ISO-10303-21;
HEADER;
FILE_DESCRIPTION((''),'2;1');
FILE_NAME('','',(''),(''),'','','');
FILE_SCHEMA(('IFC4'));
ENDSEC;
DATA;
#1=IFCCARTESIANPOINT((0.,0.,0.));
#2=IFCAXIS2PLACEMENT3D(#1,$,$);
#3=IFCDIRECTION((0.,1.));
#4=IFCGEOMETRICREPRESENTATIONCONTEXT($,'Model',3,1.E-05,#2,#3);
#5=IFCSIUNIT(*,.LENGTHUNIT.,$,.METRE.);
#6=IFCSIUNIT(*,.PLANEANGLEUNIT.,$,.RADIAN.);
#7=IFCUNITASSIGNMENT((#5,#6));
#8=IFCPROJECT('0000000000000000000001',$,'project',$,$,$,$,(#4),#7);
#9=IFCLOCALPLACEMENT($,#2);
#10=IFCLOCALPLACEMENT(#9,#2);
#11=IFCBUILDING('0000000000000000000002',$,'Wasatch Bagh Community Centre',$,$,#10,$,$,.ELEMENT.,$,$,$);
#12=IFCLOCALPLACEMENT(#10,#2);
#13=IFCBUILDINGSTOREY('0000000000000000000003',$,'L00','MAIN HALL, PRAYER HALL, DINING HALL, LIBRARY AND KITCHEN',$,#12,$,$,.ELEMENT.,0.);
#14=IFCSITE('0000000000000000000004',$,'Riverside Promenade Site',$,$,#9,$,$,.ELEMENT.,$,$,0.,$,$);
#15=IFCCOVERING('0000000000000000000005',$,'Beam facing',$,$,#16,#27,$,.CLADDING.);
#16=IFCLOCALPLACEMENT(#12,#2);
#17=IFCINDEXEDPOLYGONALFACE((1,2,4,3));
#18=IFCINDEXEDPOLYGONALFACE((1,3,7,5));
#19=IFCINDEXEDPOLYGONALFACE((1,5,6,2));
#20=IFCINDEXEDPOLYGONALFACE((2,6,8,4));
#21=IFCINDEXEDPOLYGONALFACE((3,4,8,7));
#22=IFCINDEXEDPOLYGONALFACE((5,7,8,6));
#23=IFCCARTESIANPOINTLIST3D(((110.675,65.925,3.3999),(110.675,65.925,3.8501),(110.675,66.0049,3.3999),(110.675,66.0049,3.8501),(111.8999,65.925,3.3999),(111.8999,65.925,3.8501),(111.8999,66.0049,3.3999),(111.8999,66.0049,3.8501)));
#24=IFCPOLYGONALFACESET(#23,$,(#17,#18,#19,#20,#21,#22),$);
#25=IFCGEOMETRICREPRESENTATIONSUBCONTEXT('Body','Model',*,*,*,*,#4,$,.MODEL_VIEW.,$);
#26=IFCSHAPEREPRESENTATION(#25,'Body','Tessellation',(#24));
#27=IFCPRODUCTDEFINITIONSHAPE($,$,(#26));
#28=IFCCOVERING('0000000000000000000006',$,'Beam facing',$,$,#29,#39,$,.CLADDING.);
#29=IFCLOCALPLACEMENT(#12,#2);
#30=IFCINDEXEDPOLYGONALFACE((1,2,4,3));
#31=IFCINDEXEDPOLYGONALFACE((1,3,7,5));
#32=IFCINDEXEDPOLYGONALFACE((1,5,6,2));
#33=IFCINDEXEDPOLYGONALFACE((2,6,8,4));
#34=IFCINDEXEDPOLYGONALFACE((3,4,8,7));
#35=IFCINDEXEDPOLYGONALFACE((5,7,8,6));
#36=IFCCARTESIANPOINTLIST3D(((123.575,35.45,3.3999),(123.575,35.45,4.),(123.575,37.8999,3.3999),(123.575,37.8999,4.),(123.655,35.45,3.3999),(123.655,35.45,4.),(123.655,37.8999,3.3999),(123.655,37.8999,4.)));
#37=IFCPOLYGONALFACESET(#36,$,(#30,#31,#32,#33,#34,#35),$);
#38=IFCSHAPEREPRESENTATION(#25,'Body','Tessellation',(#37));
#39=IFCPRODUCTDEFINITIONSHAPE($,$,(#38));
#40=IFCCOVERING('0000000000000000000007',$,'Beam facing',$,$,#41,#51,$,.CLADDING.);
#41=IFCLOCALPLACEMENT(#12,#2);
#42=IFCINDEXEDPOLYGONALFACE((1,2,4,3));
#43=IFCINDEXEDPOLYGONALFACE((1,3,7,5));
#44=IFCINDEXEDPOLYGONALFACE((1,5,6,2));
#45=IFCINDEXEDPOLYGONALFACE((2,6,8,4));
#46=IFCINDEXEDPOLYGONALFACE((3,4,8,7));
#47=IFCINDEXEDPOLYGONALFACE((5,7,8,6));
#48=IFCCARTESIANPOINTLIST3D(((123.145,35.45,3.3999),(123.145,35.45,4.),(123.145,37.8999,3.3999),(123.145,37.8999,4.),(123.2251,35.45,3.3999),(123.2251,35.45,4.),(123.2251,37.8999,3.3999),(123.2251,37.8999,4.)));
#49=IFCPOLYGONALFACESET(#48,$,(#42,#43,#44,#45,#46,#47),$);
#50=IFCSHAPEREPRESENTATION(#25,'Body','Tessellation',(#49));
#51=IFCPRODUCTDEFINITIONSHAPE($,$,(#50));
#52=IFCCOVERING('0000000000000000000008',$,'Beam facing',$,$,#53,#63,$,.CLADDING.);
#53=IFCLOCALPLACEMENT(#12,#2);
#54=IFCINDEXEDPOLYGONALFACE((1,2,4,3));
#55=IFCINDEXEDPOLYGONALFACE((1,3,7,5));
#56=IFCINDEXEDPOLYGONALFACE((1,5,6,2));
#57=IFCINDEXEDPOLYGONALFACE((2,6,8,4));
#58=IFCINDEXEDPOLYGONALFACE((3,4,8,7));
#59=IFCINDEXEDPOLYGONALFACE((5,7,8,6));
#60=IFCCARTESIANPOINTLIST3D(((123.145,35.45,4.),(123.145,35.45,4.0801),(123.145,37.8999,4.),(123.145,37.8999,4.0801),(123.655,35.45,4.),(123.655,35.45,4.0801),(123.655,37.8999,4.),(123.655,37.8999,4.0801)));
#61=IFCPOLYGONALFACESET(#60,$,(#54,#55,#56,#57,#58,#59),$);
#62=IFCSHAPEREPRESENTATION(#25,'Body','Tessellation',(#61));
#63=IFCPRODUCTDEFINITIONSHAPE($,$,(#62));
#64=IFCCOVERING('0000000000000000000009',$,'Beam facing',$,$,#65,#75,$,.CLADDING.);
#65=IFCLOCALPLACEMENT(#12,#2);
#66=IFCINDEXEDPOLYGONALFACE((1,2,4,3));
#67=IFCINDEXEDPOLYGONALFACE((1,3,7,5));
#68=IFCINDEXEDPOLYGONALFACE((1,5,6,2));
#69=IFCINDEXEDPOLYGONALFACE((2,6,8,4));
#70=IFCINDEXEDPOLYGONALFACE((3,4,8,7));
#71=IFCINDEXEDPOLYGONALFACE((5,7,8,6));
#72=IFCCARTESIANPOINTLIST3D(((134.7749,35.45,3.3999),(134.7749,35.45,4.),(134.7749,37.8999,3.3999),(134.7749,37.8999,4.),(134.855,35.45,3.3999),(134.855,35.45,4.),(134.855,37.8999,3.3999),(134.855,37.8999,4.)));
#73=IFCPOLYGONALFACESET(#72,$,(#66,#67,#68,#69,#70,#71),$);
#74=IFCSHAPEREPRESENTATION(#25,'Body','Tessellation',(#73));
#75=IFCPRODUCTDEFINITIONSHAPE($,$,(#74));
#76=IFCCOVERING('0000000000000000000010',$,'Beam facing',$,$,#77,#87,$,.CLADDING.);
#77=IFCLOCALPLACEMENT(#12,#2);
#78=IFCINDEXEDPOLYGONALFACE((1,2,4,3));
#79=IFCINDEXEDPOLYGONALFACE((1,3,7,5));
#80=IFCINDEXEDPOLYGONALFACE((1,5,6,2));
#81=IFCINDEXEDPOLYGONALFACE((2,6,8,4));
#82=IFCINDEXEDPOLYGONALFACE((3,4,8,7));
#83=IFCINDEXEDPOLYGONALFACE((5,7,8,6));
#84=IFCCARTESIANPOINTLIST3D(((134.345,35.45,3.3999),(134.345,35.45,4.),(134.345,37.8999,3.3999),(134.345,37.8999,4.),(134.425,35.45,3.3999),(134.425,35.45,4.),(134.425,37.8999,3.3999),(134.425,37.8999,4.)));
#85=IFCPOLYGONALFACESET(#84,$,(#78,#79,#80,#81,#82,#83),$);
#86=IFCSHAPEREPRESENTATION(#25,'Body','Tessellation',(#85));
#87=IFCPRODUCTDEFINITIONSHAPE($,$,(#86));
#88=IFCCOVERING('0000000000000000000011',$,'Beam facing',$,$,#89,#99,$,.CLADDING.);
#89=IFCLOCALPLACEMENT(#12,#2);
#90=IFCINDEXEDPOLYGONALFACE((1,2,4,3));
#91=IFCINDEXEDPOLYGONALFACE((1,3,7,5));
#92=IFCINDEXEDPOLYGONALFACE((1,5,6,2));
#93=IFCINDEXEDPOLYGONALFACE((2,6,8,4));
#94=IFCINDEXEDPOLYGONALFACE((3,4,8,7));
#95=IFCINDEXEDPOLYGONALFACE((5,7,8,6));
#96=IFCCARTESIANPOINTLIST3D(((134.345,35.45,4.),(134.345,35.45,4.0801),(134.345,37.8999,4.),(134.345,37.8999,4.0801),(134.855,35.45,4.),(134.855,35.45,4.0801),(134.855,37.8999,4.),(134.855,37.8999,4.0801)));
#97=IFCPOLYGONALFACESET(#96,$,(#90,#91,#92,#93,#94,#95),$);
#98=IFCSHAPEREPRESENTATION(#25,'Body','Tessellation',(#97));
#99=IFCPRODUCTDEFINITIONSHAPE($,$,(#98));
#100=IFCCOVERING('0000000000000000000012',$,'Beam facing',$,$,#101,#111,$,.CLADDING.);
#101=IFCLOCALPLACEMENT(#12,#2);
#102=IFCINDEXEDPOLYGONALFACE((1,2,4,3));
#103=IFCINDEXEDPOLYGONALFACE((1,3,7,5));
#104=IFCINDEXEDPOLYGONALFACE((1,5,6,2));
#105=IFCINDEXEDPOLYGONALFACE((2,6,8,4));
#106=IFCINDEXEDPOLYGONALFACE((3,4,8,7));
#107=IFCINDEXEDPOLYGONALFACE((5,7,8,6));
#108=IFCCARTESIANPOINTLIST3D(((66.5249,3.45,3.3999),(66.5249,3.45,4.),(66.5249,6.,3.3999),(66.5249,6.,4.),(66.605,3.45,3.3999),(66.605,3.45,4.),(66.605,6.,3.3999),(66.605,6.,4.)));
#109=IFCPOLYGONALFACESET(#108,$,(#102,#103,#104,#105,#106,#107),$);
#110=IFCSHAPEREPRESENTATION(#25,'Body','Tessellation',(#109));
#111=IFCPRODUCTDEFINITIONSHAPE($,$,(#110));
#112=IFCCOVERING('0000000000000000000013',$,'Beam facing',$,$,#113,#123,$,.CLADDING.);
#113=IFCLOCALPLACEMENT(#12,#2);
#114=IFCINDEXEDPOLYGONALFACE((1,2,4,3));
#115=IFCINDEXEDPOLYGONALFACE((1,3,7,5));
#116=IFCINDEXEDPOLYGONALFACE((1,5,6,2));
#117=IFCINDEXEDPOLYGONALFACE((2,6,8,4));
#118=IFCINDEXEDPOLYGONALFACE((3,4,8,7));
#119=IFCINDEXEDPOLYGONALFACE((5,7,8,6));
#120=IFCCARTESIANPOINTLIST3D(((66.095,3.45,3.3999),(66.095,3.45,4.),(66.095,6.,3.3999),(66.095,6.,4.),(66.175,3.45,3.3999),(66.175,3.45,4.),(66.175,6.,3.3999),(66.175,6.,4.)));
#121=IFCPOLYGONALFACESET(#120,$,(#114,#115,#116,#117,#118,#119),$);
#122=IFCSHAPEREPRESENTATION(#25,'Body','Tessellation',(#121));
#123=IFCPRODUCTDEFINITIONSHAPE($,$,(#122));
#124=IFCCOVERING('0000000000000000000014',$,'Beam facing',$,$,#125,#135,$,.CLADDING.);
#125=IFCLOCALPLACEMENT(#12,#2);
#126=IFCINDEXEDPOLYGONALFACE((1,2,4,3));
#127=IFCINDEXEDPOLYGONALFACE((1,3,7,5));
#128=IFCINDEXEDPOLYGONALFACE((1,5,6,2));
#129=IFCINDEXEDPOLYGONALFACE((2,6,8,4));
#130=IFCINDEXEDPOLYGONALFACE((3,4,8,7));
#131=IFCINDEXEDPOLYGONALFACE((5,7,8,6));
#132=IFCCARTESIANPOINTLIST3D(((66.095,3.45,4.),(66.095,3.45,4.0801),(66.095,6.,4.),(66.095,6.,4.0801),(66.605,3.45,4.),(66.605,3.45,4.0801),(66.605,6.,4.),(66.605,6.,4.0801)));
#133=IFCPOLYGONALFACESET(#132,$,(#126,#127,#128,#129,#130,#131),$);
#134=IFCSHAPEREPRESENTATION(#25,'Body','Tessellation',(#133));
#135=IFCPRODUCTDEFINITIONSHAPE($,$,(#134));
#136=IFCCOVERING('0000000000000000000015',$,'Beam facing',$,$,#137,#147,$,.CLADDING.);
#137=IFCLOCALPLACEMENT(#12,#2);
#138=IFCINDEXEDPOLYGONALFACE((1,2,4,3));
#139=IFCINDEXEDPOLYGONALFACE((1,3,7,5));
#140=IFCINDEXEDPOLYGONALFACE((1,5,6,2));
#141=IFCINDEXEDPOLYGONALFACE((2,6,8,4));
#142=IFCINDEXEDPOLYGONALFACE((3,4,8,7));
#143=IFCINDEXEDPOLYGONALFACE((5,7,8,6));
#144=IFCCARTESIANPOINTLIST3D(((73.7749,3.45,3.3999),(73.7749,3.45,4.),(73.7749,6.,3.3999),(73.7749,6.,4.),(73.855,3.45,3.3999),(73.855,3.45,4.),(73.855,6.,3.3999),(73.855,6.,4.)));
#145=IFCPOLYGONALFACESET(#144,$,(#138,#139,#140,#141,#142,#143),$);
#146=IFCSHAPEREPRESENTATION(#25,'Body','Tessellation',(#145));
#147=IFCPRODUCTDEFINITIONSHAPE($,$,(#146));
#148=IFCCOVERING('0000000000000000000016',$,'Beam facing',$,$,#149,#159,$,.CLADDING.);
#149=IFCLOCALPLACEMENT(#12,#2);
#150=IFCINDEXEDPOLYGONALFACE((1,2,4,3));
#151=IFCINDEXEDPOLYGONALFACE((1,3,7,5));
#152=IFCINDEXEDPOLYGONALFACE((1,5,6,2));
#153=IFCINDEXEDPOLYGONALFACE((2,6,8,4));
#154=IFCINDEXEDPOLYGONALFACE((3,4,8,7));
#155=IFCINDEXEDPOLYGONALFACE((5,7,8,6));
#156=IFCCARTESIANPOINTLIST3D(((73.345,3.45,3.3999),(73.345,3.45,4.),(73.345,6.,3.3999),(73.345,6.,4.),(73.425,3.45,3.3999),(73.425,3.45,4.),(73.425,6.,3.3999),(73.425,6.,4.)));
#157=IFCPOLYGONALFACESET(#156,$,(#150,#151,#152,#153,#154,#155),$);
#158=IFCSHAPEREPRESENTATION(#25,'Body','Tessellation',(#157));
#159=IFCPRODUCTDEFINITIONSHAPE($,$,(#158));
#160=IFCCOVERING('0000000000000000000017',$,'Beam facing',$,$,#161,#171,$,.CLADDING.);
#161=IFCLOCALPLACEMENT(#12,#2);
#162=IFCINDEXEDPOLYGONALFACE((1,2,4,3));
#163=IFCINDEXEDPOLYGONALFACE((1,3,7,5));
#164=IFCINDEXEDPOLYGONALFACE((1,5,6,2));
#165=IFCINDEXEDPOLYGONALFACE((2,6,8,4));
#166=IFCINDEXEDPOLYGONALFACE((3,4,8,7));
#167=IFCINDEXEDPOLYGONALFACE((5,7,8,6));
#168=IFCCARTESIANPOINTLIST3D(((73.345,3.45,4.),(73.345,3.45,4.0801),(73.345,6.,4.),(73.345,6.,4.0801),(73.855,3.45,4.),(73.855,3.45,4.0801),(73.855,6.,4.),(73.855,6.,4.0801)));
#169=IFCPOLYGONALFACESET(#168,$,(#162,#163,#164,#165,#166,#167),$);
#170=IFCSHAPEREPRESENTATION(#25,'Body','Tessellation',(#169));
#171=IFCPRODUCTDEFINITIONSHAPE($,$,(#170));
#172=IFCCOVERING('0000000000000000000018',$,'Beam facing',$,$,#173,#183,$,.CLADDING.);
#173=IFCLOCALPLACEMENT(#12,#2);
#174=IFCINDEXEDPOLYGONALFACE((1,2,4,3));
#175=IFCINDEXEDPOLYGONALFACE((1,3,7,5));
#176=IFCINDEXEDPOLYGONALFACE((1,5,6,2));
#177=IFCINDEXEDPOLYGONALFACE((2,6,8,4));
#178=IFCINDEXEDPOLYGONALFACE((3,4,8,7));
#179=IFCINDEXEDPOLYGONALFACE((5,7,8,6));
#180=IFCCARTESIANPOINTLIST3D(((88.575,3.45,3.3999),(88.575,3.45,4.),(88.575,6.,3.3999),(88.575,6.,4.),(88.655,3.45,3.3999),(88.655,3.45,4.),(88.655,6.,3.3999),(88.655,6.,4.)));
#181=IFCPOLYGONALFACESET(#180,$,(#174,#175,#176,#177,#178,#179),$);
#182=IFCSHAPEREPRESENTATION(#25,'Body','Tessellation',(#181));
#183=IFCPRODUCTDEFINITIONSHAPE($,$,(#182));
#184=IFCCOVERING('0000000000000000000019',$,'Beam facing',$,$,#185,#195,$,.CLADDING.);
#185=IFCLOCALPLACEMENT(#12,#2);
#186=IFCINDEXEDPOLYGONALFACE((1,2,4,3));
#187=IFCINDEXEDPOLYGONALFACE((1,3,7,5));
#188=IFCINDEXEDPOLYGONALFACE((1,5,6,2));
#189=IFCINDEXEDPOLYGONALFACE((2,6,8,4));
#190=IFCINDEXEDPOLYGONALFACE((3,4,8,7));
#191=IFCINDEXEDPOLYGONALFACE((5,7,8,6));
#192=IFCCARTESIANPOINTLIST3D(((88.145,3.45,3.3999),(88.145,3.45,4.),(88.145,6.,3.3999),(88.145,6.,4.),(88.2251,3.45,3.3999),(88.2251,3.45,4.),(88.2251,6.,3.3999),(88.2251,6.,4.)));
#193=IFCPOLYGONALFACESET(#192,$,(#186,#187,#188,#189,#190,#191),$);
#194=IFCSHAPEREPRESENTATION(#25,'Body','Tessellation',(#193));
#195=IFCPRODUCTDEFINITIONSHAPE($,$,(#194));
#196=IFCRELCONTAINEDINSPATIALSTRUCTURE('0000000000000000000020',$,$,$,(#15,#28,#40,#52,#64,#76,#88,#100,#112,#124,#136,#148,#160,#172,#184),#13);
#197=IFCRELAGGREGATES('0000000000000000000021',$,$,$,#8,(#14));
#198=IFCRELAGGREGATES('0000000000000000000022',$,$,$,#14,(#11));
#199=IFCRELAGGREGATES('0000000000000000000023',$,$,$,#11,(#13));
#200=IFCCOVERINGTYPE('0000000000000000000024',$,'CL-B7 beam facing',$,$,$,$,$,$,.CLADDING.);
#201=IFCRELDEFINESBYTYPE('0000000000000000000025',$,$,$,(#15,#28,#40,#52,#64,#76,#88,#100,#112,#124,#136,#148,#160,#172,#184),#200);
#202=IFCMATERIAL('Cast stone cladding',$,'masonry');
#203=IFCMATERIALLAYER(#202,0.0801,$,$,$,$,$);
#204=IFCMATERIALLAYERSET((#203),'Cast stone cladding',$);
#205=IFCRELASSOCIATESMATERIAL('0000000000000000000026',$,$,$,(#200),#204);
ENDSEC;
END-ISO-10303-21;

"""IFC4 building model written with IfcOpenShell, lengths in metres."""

from ifc_helpers import new_model, si_unit, direction, frame, origin, place, context, subcontext, project, spatial, polyline, outline, extrude, material, layer, layer_set, type_object, element, save


model = new_model("IFC4")

# Units and contexts
model_context = context("Model", 3, precision=1e-05, world=origin(), true_north=direction((0.0, 1.0)))
body_context = subcontext(model_context, "Body", "Model", "MODEL_VIEW")
ifc_project = project(units=[si_unit("LENGTHUNIT", "METRE"), si_unit("PLANEANGLEUNIT", "RADIAN")], contexts=[model_context])

# Site, building, storey
site_placement = place(None, origin())
site = spatial("IfcSite", under=ifc_project, at=site_placement, Name="Riverside Promenade Site", CompositionType="ELEMENT", RefElevation=0.0)
building_placement = place(site_placement, origin())
building = spatial("IfcBuilding", under=site, at=building_placement, Name="Wasatch Bagh Community Centre", CompositionType="ELEMENT")
storey_placement = place(building_placement, origin())
storey = spatial("IfcBuildingStorey", under=building, at=storey_placement, Name="L00", Description="MAIN HALL, PRAYER HALL, DINING HALL, LIBRARY AND KITCHEN", CompositionType="ELEMENT", Elevation=0.0)

# Coverings
ifc_material = material(Name="Cast stone cladding", Category="masonry")
ifc_layer = layer(ifc_material, 0.0801)
ifc_layer_set = layer_set([ifc_layer], Name="Cast stone cladding")
covering_type = type_object("IfcCoveringType", Name="CL-B7 beam facing", PredefinedType="CLADDING", material=ifc_layer_set)
covering_1_placement = place(storey_placement, frame((0.0, 0.0, 3.3999)))
element("IfcCovering", 1, at=covering_1_placement, inside=storey, type_object=covering_type, Name="Beam facing", PredefinedType="CLADDING", context=body_context, shape_type="SweptSolid", body=[
    extrude(outline(polyline([(111.8999, 65.925), (110.675, 65.925), (110.675, 66.0049), (111.8999, 66.0049), (111.8999, 65.925)])), origin(), (0.0, 0.0, 1.0), 0.4502),
])
covering_2_placement = place(storey_placement, frame((0.0, 0.0, 3.3999)))
element("IfcCovering", 2, at=covering_2_placement, inside=storey, type_object=covering_type, Name="Beam facing", PredefinedType="CLADDING", context=body_context, shape_type="SweptSolid", body=[
    extrude(outline(polyline([(123.575, 37.8999), (123.575, 35.45), (123.655, 35.45), (123.655, 37.8999), (123.575, 37.8999)])), origin(), (0.0, 0.0, 1.0), 0.6001),
])
covering_3_placement = place(storey_placement, frame((0.0, 0.0, 3.3999)))
element("IfcCovering", 3, at=covering_3_placement, inside=storey, type_object=covering_type, Name="Beam facing", PredefinedType="CLADDING", context=body_context, shape_type="SweptSolid", body=[
    extrude(outline(polyline([(123.2251, 37.8999), (123.2251, 35.45), (123.145, 35.45), (123.145, 37.8999), (123.2251, 37.8999)])), origin(), (0.0, 0.0, 1.0), 0.6001),
])
covering_4_placement = place(storey_placement, frame((0.0, 0.0, 4.0)))
element("IfcCovering", 4, at=covering_4_placement, inside=storey, type_object=covering_type, Name="Beam facing", PredefinedType="CLADDING", context=body_context, shape_type="SweptSolid", body=[
    extrude(outline(polyline([(123.145, 37.8999), (123.145, 35.45), (123.655, 35.45), (123.655, 37.8999), (123.145, 37.8999)])), origin(), (0.0, 0.0, 1.0), 0.0801),
])
covering_5_placement = place(storey_placement, frame((0.0, 0.0, 3.3999)))
element("IfcCovering", 5, at=covering_5_placement, inside=storey, type_object=covering_type, Name="Beam facing", PredefinedType="CLADDING", context=body_context, shape_type="SweptSolid", body=[
    extrude(outline(polyline([(134.7749, 37.8999), (134.7749, 35.45), (134.855, 35.45), (134.855, 37.8999), (134.7749, 37.8999)])), origin(), (0.0, 0.0, 1.0), 0.6001),
])
covering_6_placement = place(storey_placement, frame((0.0, 0.0, 3.3999)))
element("IfcCovering", 6, at=covering_6_placement, inside=storey, type_object=covering_type, Name="Beam facing", PredefinedType="CLADDING", context=body_context, shape_type="SweptSolid", body=[
    extrude(outline(polyline([(134.425, 37.8999), (134.425, 35.45), (134.345, 35.45), (134.345, 37.8999), (134.425, 37.8999)])), origin(), (0.0, 0.0, 1.0), 0.6001),
])
covering_7_placement = place(storey_placement, frame((0.0, 0.0, 4.0)))
element("IfcCovering", 7, at=covering_7_placement, inside=storey, type_object=covering_type, Name="Beam facing", PredefinedType="CLADDING", context=body_context, shape_type="SweptSolid", body=[
    extrude(outline(polyline([(134.345, 37.8999), (134.345, 35.45), (134.855, 35.45), (134.855, 37.8999), (134.345, 37.8999)])), origin(), (0.0, 0.0, 1.0), 0.0801),
])
covering_8_placement = place(storey_placement, frame((0.0, 0.0, 3.3999)))
element("IfcCovering", 8, at=covering_8_placement, inside=storey, type_object=covering_type, Name="Beam facing", PredefinedType="CLADDING", context=body_context, shape_type="SweptSolid", body=[
    extrude(outline(polyline([(66.5249, 6.0), (66.5249, 3.45), (66.605, 3.45), (66.605, 6.0), (66.5249, 6.0)])), origin(), (0.0, 0.0, 1.0), 0.6001),
])
covering_9_placement = place(storey_placement, frame((0.0, 0.0, 3.3999)))
element("IfcCovering", 9, at=covering_9_placement, inside=storey, type_object=covering_type, Name="Beam facing", PredefinedType="CLADDING", context=body_context, shape_type="SweptSolid", body=[
    extrude(outline(polyline([(66.175, 6.0), (66.175, 3.45), (66.095, 3.45), (66.095, 6.0), (66.175, 6.0)])), origin(), (0.0, 0.0, 1.0), 0.6001),
])
covering_10_placement = place(storey_placement, frame((0.0, 0.0, 4.0)))
element("IfcCovering", 10, at=covering_10_placement, inside=storey, type_object=covering_type, Name="Beam facing", PredefinedType="CLADDING", context=body_context, shape_type="SweptSolid", body=[
    extrude(outline(polyline([(66.095, 6.0), (66.095, 3.45), (66.605, 3.45), (66.605, 6.0), (66.095, 6.0)])), origin(), (0.0, 0.0, 1.0), 0.0801),
])
covering_11_placement = place(storey_placement, frame((0.0, 0.0, 3.3999)))
element("IfcCovering", 11, at=covering_11_placement, inside=storey, type_object=covering_type, Name="Beam facing", PredefinedType="CLADDING", context=body_context, shape_type="SweptSolid", body=[
    extrude(outline(polyline([(73.7749, 6.0), (73.7749, 3.45), (73.855, 3.45), (73.855, 6.0), (73.7749, 6.0)])), origin(), (0.0, 0.0, 1.0), 0.6001),
])
covering_12_placement = place(storey_placement, frame((0.0, 0.0, 3.3999)))
element("IfcCovering", 12, at=covering_12_placement, inside=storey, type_object=covering_type, Name="Beam facing", PredefinedType="CLADDING", context=body_context, shape_type="SweptSolid", body=[
    extrude(outline(polyline([(73.425, 6.0), (73.425, 3.45), (73.345, 3.45), (73.345, 6.0), (73.425, 6.0)])), origin(), (0.0, 0.0, 1.0), 0.6001),
])
covering_13_placement = place(storey_placement, frame((0.0, 0.0, 4.0)))
element("IfcCovering", 13, at=covering_13_placement, inside=storey, type_object=covering_type, Name="Beam facing", PredefinedType="CLADDING", context=body_context, shape_type="SweptSolid", body=[
    extrude(outline(polyline([(73.345, 6.0), (73.345, 3.45), (73.855, 3.45), (73.855, 6.0), (73.345, 6.0)])), origin(), (0.0, 0.0, 1.0), 0.0801),
])
covering_14_placement = place(storey_placement, frame((0.0, 0.0, 3.3999)))
element("IfcCovering", 14, at=covering_14_placement, inside=storey, type_object=covering_type, Name="Beam facing", PredefinedType="CLADDING", context=body_context, shape_type="SweptSolid", body=[
    extrude(outline(polyline([(88.575, 6.0), (88.575, 3.45), (88.655, 3.45), (88.655, 6.0), (88.575, 6.0)])), origin(), (0.0, 0.0, 1.0), 0.6001),
])
covering_15_placement = place(storey_placement, frame((0.0, 0.0, 3.3999)))
element("IfcCovering", 15, at=covering_15_placement, inside=storey, type_object=covering_type, Name="Beam facing", PredefinedType="CLADDING", context=body_context, shape_type="SweptSolid", body=[
    extrude(outline(polyline([(88.2251, 6.0), (88.2251, 3.45), (88.145, 3.45), (88.145, 6.0), (88.2251, 6.0)])), origin(), (0.0, 0.0, 1.0), 0.6001),
])

save(model, "model.ifc")
